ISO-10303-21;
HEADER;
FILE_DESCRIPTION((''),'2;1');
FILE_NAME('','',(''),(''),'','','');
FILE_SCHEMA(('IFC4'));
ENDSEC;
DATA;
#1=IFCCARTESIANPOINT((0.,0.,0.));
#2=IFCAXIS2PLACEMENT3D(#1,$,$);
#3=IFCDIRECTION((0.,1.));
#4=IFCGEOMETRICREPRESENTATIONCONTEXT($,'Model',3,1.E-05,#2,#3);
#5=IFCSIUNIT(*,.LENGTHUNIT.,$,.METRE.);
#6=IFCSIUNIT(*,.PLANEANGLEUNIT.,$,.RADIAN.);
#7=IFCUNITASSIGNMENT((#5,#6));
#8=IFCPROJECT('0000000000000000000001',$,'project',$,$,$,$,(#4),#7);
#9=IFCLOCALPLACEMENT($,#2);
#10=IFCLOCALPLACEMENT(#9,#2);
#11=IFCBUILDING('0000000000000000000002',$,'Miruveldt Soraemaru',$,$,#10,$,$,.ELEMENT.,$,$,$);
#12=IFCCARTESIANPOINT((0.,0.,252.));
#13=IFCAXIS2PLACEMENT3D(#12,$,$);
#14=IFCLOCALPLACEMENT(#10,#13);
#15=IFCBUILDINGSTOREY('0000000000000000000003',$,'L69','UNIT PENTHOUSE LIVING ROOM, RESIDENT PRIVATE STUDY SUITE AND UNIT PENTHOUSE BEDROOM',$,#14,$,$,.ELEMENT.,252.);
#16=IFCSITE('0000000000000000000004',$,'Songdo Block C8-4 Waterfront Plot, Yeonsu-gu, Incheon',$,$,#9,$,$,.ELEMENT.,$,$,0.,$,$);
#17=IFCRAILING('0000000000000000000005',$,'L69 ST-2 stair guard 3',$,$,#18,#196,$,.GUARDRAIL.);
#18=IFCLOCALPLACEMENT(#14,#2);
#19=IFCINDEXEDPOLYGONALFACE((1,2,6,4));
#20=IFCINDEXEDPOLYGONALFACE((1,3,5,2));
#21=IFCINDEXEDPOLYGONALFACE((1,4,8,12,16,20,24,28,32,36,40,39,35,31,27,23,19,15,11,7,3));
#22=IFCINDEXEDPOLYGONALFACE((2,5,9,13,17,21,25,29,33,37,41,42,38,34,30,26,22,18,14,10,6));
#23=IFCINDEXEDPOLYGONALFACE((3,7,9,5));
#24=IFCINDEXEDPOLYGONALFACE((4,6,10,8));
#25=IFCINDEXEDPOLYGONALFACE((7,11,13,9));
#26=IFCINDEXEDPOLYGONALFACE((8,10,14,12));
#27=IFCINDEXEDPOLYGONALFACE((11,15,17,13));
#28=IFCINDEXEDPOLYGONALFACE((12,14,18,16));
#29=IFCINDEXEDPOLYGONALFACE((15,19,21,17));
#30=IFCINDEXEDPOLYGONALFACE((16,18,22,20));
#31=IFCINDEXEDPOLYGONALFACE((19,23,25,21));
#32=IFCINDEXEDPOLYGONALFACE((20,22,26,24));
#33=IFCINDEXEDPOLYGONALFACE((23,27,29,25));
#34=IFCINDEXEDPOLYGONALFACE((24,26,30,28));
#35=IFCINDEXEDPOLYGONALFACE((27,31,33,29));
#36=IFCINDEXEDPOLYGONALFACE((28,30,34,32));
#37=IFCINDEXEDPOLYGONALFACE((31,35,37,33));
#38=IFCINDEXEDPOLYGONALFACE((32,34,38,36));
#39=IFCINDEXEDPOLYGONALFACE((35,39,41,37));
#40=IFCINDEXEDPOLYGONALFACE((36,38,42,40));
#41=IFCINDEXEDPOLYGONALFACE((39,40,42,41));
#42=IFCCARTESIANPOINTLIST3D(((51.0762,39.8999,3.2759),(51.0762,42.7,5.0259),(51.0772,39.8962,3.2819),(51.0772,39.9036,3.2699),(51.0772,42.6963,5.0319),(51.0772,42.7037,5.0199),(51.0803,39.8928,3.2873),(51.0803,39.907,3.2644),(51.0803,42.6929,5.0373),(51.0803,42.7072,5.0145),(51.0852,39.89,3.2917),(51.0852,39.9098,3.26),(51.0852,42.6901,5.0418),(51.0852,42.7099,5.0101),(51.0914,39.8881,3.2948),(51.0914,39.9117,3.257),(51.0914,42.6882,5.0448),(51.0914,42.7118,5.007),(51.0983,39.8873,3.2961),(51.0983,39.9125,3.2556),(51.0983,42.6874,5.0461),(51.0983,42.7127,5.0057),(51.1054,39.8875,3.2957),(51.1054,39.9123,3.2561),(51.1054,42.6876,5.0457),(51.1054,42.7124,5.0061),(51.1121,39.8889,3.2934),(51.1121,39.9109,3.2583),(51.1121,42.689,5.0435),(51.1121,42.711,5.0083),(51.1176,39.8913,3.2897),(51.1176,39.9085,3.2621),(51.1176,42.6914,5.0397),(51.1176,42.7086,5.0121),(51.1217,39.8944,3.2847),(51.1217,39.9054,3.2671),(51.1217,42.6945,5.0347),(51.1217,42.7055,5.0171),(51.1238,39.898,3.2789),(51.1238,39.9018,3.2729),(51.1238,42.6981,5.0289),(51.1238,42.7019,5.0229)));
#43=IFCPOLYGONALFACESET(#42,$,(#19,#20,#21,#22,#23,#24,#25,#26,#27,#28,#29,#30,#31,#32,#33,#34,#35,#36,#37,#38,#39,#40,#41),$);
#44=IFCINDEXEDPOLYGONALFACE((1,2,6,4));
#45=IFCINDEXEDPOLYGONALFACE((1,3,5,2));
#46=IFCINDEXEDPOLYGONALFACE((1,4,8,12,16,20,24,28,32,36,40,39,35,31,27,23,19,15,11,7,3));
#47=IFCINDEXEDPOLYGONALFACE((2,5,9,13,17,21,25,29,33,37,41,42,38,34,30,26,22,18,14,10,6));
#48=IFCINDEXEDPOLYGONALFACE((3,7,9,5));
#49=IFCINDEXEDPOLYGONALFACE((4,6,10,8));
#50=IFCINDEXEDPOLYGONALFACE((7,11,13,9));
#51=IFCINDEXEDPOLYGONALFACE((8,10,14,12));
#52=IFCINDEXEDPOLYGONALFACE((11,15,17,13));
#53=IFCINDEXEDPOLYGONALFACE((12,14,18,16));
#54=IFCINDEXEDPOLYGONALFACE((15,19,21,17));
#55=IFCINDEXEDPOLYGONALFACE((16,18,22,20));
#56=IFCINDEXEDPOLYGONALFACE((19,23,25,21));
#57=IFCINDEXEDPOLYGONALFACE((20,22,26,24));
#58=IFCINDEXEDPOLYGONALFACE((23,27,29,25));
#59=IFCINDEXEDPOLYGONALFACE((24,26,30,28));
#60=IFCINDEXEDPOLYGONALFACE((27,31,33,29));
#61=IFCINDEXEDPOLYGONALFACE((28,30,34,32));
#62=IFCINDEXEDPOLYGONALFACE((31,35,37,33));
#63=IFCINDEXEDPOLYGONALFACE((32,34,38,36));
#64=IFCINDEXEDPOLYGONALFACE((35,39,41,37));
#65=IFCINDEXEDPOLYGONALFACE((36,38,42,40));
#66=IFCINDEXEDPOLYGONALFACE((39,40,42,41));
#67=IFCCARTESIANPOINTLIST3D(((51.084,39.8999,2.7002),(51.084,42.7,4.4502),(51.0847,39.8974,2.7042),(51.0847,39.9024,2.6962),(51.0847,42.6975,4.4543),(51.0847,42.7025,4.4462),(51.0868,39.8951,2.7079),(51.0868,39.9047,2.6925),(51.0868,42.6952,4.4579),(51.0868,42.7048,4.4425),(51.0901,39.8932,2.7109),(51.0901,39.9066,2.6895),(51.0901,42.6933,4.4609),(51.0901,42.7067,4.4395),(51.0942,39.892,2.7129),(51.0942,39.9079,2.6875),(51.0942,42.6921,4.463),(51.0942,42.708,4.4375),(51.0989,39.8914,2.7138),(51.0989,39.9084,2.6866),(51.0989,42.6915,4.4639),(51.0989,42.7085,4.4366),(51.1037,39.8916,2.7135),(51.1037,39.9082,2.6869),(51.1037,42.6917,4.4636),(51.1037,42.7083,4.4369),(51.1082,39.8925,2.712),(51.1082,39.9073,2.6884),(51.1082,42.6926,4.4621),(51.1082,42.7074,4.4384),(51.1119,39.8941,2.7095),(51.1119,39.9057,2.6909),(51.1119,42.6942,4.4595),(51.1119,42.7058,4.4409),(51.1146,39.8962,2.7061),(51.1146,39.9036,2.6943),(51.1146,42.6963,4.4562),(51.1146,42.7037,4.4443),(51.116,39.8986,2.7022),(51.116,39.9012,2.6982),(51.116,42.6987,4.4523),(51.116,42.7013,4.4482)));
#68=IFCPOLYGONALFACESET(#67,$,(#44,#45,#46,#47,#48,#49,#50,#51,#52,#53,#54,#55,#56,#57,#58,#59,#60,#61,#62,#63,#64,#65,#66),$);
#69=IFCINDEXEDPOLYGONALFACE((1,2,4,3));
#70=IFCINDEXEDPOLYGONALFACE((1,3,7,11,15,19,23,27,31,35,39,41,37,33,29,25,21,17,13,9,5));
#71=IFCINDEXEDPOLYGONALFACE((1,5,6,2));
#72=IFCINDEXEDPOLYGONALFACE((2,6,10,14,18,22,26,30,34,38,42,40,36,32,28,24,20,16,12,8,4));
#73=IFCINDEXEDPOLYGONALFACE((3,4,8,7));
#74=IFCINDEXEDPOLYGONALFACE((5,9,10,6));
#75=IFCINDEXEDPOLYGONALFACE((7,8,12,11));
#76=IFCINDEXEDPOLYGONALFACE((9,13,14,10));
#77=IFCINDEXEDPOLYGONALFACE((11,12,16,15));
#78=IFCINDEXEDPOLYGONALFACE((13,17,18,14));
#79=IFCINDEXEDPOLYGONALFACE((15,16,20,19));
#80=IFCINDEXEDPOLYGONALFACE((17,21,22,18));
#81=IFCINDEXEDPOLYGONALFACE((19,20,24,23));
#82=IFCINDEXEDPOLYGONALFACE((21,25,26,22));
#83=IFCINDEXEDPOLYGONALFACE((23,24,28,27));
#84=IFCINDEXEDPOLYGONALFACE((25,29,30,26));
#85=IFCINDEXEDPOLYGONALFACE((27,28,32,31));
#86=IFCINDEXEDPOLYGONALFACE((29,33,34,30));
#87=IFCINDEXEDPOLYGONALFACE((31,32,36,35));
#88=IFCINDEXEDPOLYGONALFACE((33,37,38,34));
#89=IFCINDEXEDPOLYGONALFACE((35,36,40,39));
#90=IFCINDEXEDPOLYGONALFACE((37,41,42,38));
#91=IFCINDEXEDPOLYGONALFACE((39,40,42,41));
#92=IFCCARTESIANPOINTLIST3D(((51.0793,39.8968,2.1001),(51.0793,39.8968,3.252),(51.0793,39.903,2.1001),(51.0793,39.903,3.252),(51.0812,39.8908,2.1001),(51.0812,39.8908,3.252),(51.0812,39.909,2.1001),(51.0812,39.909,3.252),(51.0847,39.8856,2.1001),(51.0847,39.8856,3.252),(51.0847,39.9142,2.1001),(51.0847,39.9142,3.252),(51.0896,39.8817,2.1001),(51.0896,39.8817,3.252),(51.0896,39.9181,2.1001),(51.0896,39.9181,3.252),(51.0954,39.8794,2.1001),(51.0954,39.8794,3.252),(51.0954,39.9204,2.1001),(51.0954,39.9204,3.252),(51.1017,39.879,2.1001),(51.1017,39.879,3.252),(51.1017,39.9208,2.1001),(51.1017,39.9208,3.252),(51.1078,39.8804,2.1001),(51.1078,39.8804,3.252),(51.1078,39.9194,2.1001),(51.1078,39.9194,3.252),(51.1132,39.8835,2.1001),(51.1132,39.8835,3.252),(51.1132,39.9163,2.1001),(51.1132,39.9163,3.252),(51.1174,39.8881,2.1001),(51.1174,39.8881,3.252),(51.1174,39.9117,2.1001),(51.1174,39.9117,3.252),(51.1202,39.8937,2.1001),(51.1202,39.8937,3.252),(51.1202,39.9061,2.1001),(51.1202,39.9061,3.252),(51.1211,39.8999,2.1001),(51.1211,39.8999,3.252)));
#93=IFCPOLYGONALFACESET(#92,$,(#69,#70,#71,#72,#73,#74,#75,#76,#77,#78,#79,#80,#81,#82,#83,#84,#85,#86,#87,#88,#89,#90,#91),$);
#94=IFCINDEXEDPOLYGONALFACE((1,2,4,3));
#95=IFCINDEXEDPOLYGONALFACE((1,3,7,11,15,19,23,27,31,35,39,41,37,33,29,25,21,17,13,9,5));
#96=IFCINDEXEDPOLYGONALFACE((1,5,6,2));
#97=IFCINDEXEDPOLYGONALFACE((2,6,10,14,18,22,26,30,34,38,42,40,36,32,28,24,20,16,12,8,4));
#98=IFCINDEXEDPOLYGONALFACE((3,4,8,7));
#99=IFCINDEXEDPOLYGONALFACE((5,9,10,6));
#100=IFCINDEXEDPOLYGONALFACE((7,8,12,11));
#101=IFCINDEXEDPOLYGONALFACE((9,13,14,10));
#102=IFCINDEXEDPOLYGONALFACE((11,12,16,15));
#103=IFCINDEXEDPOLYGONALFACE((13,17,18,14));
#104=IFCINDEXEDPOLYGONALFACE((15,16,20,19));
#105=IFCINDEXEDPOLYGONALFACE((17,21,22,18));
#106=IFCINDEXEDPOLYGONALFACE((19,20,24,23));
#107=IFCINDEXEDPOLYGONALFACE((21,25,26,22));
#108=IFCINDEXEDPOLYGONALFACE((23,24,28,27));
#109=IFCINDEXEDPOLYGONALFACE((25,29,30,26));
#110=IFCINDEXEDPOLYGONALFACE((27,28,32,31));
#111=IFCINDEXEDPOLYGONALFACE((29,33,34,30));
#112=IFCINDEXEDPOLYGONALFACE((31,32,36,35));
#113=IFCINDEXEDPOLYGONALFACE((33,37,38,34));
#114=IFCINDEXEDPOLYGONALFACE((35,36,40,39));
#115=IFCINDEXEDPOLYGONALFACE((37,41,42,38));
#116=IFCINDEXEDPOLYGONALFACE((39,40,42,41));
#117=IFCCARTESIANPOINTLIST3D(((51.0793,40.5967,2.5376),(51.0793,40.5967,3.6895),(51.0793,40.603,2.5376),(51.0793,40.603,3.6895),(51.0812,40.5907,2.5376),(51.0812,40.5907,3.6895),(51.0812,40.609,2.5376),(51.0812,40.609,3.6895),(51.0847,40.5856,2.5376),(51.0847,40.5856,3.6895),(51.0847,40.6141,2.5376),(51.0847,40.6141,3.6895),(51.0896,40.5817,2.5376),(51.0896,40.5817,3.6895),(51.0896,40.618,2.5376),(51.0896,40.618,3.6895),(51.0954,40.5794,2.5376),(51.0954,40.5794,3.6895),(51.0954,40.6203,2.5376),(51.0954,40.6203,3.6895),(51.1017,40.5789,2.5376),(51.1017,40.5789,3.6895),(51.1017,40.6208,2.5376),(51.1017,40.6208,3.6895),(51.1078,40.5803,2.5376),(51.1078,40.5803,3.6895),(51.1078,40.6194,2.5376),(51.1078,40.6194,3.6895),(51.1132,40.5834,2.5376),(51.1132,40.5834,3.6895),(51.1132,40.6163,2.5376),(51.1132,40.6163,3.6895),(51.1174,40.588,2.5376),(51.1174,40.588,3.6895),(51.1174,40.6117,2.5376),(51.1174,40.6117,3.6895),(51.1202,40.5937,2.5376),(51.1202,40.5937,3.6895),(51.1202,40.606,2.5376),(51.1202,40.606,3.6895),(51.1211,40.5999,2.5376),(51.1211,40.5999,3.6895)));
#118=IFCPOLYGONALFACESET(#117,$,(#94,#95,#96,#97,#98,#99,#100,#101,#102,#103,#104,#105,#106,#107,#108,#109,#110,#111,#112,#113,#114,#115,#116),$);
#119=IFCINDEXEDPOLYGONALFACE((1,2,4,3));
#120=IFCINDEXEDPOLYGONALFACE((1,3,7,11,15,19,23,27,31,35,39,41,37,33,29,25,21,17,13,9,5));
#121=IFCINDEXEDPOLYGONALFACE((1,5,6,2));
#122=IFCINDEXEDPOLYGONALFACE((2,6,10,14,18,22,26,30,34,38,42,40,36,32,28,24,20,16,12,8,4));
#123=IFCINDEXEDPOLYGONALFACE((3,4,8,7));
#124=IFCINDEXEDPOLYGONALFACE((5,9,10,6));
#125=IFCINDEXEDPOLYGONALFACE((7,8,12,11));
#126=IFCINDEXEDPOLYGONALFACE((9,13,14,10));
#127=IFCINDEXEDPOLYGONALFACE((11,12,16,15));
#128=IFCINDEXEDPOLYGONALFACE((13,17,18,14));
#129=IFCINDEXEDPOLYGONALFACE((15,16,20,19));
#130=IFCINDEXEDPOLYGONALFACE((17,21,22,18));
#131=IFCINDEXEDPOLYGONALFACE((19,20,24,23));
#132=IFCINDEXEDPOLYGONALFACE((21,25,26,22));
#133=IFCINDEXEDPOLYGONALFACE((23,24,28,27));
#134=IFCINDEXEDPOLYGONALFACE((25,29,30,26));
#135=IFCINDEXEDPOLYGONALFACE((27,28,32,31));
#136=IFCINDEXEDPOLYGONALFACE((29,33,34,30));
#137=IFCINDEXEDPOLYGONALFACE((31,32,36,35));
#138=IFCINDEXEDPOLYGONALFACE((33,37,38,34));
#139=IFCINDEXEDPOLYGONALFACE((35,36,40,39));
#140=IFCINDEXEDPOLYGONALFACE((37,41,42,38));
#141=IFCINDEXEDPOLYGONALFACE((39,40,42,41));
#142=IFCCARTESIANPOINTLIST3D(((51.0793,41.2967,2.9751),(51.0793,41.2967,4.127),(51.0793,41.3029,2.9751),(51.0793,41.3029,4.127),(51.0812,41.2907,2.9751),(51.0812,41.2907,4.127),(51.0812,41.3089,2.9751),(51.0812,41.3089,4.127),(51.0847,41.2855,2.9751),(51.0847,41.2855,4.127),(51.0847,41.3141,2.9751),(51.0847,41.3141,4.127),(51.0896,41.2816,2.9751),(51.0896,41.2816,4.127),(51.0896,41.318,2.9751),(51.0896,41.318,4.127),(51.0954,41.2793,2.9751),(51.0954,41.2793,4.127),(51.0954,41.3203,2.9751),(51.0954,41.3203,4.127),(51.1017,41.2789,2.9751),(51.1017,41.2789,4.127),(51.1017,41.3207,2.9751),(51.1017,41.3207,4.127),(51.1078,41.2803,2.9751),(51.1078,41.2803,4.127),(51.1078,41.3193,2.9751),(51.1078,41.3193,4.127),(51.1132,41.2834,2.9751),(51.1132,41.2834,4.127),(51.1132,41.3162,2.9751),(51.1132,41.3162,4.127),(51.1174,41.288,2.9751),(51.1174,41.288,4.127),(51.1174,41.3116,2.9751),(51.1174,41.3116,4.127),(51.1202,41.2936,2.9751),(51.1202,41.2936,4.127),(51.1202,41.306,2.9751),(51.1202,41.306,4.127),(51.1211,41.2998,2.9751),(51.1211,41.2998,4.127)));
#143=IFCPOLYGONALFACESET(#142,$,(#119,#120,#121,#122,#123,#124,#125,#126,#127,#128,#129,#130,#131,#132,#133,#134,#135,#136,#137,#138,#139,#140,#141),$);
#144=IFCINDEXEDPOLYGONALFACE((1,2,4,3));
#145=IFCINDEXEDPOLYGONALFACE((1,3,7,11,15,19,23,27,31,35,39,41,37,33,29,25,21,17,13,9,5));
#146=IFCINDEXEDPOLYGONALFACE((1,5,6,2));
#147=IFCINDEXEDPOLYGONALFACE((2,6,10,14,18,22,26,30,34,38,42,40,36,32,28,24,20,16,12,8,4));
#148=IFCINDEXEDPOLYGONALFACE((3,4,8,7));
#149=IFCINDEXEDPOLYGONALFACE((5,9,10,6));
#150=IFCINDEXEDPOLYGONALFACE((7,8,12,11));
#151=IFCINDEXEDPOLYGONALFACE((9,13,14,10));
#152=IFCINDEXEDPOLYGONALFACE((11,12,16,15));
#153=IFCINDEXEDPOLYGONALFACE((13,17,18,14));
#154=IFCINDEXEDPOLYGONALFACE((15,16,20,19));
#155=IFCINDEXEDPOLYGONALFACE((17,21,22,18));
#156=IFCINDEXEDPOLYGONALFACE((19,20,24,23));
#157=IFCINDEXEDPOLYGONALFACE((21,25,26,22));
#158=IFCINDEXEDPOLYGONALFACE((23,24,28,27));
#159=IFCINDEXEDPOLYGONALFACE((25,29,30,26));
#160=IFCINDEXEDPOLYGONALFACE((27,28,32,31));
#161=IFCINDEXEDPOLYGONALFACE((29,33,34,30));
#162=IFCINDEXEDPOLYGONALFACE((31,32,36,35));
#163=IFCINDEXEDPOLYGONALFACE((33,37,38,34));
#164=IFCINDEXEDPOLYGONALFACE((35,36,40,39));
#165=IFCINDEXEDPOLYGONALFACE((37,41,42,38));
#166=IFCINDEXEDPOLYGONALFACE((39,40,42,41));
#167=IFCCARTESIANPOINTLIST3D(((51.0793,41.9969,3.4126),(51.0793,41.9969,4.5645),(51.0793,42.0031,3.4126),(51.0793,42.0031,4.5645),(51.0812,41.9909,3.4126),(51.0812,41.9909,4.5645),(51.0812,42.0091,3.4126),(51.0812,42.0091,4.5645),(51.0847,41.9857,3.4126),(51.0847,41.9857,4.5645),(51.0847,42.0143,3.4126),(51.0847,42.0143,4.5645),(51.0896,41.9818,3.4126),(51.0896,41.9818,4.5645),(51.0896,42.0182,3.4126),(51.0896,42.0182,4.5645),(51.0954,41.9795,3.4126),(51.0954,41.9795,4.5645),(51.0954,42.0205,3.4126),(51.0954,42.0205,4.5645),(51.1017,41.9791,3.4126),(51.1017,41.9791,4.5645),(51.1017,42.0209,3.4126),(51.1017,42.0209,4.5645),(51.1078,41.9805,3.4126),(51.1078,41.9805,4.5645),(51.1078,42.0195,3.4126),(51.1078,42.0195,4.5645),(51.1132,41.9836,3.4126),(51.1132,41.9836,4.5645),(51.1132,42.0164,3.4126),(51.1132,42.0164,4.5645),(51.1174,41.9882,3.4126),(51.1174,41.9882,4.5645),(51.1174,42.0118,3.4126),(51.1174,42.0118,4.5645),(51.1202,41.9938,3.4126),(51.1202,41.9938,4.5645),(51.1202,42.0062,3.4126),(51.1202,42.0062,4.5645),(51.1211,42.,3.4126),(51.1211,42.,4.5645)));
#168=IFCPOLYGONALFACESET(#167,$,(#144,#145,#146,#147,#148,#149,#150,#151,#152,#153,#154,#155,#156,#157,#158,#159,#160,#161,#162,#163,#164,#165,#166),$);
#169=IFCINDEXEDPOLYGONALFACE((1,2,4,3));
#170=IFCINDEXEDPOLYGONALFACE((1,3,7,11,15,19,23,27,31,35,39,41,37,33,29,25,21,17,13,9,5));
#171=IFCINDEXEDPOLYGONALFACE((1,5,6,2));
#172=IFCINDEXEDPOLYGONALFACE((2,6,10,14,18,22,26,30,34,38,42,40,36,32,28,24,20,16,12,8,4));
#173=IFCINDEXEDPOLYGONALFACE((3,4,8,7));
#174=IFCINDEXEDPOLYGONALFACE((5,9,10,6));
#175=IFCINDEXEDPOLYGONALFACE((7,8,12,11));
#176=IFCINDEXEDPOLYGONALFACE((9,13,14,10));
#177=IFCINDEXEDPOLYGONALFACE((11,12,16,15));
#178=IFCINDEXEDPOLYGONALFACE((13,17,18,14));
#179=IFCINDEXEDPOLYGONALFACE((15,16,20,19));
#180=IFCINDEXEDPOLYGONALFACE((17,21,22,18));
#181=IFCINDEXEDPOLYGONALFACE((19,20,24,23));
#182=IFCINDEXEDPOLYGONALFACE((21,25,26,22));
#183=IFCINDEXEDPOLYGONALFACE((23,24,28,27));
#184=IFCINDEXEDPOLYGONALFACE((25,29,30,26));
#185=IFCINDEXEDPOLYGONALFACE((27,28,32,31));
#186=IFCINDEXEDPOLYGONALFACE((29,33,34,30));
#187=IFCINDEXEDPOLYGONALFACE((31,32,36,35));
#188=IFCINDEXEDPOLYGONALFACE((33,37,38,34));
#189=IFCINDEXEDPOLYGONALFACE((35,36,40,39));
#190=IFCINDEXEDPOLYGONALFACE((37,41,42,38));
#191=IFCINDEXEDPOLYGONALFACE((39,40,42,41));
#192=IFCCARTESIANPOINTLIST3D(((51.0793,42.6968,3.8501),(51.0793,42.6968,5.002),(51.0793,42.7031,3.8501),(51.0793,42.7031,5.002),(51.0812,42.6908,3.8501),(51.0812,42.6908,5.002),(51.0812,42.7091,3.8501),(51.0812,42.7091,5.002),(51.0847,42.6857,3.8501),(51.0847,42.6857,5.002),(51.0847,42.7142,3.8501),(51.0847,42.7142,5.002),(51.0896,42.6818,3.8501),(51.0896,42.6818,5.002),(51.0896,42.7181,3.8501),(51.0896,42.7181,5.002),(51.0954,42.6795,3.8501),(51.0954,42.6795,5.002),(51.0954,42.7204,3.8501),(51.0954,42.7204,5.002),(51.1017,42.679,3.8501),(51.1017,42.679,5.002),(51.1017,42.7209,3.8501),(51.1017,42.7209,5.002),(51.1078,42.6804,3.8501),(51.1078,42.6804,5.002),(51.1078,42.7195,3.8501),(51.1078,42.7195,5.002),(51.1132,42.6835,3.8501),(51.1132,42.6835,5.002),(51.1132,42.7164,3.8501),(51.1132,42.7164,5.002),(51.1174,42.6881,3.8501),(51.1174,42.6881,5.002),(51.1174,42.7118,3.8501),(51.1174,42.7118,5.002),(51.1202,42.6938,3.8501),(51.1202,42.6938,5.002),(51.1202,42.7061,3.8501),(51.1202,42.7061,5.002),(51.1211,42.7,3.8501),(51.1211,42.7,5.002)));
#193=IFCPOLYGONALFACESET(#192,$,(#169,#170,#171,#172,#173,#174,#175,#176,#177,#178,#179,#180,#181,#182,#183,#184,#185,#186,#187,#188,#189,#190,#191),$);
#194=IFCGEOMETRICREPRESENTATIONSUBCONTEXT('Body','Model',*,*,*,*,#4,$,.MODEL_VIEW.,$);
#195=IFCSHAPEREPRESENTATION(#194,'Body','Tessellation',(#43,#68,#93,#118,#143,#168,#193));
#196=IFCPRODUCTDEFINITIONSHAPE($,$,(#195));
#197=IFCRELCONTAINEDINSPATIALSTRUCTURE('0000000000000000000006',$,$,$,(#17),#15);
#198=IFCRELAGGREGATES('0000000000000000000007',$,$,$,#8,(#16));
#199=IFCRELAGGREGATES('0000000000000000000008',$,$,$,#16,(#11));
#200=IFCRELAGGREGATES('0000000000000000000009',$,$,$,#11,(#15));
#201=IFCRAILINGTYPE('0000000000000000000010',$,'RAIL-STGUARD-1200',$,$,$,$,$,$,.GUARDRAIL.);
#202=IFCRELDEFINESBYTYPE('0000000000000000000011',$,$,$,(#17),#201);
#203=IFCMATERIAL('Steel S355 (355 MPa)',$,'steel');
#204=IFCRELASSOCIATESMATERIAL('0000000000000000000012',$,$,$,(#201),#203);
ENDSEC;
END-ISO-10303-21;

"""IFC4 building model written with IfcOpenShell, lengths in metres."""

from ifc_helpers import new_model, si_unit, direction, frame, origin, origin_2d, place, context, subcontext, project, spatial, circle, extrude, material, type_object, element, save


model = new_model("IFC4")

# Units and contexts
model_context = context("Model", 3, precision=1e-05, world=origin(), true_north=direction((0.0, 1.0)))
body_context = subcontext(model_context, "Body", "Model", "MODEL_VIEW")
ifc_project = project(units=[si_unit("LENGTHUNIT", "METRE"), si_unit("PLANEANGLEUNIT", "RADIAN")], contexts=[model_context])

# Site, building, storey
site_placement = place(None, origin())
site = spatial("IfcSite", under=ifc_project, at=site_placement, Name="Songdo Block C8-4 Waterfront Plot, Yeonsu-gu, Incheon", CompositionType="ELEMENT", RefElevation=0.0)
building_placement = place(site_placement, origin())
building = spatial("IfcBuilding", under=site, at=building_placement, Name="Miruveldt Soraemaru", CompositionType="ELEMENT")
storey_placement = place(building_placement, frame((0.0, 0.0, 252.0)))
storey = spatial("IfcBuildingStorey", under=building, at=storey_placement, Name="L69", Description="UNIT PENTHOUSE LIVING ROOM, RESIDENT PRIVATE STUDY SUITE AND UNIT PENTHOUSE BEDROOM", CompositionType="ELEMENT", Elevation=252.0)

# Railing
ifc_material_1 = material(Name="Steel S355 (355 MPa)", Category="steel")
railing_type_1 = type_object("IfcRailingType", Name="RAIL-STGUARD-1200", PredefinedType="GUARDRAIL", material=ifc_material_1)
railing_1_placement = place(storey_placement, frame((51.1001, 39.8999, 2.1001)))
element("IfcRailing", 1, at=railing_1_placement, inside=storey, type_object=railing_type_1, Name="L69 ST-2 stair guard 3", PredefinedType="GUARDRAIL", context=body_context, shape_type="SweptSolid", body=[
    extrude(circle(Radius=0.0239, at=origin_2d()), frame((0.0, 0.0, 1.1758), z_axis=(0.0, 0.848002, 0.529992), x_axis=(-1.0, 0.0, 0.0)), (0.0, 0.0, 1.0), 3.302),
    extrude(circle(Radius=0.0161, at=origin_2d()), frame((0.0, 0.0, 0.6001), z_axis=(0.0, 0.848002, 0.529992), x_axis=(-1.0, 0.0, 0.0)), (0.0, 0.0, 1.0), 3.302),
    extrude(circle(Radius=0.021, at=origin_2d()), origin(), (0.0, 0.0, 1.0), 1.1519),
    extrude(circle(Radius=0.021, at=origin_2d()), frame((0.0, 0.7, 0.4375)), (0.0, 0.0, 1.0), 1.1519),
    extrude(circle(Radius=0.021, at=origin_2d()), frame((0.0, 1.3999, 0.875)), (0.0, 0.0, 1.0), 1.1519),
    extrude(circle(Radius=0.021, at=origin_2d()), frame((0.0, 2.1001, 1.3125)), (0.0, 0.0, 1.0), 1.1519),
    extrude(circle(Radius=0.021, at=origin_2d()), frame((0.0, 2.8, 1.75)), (0.0, 0.0, 1.0), 1.1519),
])

save(model, "model.ifc")
